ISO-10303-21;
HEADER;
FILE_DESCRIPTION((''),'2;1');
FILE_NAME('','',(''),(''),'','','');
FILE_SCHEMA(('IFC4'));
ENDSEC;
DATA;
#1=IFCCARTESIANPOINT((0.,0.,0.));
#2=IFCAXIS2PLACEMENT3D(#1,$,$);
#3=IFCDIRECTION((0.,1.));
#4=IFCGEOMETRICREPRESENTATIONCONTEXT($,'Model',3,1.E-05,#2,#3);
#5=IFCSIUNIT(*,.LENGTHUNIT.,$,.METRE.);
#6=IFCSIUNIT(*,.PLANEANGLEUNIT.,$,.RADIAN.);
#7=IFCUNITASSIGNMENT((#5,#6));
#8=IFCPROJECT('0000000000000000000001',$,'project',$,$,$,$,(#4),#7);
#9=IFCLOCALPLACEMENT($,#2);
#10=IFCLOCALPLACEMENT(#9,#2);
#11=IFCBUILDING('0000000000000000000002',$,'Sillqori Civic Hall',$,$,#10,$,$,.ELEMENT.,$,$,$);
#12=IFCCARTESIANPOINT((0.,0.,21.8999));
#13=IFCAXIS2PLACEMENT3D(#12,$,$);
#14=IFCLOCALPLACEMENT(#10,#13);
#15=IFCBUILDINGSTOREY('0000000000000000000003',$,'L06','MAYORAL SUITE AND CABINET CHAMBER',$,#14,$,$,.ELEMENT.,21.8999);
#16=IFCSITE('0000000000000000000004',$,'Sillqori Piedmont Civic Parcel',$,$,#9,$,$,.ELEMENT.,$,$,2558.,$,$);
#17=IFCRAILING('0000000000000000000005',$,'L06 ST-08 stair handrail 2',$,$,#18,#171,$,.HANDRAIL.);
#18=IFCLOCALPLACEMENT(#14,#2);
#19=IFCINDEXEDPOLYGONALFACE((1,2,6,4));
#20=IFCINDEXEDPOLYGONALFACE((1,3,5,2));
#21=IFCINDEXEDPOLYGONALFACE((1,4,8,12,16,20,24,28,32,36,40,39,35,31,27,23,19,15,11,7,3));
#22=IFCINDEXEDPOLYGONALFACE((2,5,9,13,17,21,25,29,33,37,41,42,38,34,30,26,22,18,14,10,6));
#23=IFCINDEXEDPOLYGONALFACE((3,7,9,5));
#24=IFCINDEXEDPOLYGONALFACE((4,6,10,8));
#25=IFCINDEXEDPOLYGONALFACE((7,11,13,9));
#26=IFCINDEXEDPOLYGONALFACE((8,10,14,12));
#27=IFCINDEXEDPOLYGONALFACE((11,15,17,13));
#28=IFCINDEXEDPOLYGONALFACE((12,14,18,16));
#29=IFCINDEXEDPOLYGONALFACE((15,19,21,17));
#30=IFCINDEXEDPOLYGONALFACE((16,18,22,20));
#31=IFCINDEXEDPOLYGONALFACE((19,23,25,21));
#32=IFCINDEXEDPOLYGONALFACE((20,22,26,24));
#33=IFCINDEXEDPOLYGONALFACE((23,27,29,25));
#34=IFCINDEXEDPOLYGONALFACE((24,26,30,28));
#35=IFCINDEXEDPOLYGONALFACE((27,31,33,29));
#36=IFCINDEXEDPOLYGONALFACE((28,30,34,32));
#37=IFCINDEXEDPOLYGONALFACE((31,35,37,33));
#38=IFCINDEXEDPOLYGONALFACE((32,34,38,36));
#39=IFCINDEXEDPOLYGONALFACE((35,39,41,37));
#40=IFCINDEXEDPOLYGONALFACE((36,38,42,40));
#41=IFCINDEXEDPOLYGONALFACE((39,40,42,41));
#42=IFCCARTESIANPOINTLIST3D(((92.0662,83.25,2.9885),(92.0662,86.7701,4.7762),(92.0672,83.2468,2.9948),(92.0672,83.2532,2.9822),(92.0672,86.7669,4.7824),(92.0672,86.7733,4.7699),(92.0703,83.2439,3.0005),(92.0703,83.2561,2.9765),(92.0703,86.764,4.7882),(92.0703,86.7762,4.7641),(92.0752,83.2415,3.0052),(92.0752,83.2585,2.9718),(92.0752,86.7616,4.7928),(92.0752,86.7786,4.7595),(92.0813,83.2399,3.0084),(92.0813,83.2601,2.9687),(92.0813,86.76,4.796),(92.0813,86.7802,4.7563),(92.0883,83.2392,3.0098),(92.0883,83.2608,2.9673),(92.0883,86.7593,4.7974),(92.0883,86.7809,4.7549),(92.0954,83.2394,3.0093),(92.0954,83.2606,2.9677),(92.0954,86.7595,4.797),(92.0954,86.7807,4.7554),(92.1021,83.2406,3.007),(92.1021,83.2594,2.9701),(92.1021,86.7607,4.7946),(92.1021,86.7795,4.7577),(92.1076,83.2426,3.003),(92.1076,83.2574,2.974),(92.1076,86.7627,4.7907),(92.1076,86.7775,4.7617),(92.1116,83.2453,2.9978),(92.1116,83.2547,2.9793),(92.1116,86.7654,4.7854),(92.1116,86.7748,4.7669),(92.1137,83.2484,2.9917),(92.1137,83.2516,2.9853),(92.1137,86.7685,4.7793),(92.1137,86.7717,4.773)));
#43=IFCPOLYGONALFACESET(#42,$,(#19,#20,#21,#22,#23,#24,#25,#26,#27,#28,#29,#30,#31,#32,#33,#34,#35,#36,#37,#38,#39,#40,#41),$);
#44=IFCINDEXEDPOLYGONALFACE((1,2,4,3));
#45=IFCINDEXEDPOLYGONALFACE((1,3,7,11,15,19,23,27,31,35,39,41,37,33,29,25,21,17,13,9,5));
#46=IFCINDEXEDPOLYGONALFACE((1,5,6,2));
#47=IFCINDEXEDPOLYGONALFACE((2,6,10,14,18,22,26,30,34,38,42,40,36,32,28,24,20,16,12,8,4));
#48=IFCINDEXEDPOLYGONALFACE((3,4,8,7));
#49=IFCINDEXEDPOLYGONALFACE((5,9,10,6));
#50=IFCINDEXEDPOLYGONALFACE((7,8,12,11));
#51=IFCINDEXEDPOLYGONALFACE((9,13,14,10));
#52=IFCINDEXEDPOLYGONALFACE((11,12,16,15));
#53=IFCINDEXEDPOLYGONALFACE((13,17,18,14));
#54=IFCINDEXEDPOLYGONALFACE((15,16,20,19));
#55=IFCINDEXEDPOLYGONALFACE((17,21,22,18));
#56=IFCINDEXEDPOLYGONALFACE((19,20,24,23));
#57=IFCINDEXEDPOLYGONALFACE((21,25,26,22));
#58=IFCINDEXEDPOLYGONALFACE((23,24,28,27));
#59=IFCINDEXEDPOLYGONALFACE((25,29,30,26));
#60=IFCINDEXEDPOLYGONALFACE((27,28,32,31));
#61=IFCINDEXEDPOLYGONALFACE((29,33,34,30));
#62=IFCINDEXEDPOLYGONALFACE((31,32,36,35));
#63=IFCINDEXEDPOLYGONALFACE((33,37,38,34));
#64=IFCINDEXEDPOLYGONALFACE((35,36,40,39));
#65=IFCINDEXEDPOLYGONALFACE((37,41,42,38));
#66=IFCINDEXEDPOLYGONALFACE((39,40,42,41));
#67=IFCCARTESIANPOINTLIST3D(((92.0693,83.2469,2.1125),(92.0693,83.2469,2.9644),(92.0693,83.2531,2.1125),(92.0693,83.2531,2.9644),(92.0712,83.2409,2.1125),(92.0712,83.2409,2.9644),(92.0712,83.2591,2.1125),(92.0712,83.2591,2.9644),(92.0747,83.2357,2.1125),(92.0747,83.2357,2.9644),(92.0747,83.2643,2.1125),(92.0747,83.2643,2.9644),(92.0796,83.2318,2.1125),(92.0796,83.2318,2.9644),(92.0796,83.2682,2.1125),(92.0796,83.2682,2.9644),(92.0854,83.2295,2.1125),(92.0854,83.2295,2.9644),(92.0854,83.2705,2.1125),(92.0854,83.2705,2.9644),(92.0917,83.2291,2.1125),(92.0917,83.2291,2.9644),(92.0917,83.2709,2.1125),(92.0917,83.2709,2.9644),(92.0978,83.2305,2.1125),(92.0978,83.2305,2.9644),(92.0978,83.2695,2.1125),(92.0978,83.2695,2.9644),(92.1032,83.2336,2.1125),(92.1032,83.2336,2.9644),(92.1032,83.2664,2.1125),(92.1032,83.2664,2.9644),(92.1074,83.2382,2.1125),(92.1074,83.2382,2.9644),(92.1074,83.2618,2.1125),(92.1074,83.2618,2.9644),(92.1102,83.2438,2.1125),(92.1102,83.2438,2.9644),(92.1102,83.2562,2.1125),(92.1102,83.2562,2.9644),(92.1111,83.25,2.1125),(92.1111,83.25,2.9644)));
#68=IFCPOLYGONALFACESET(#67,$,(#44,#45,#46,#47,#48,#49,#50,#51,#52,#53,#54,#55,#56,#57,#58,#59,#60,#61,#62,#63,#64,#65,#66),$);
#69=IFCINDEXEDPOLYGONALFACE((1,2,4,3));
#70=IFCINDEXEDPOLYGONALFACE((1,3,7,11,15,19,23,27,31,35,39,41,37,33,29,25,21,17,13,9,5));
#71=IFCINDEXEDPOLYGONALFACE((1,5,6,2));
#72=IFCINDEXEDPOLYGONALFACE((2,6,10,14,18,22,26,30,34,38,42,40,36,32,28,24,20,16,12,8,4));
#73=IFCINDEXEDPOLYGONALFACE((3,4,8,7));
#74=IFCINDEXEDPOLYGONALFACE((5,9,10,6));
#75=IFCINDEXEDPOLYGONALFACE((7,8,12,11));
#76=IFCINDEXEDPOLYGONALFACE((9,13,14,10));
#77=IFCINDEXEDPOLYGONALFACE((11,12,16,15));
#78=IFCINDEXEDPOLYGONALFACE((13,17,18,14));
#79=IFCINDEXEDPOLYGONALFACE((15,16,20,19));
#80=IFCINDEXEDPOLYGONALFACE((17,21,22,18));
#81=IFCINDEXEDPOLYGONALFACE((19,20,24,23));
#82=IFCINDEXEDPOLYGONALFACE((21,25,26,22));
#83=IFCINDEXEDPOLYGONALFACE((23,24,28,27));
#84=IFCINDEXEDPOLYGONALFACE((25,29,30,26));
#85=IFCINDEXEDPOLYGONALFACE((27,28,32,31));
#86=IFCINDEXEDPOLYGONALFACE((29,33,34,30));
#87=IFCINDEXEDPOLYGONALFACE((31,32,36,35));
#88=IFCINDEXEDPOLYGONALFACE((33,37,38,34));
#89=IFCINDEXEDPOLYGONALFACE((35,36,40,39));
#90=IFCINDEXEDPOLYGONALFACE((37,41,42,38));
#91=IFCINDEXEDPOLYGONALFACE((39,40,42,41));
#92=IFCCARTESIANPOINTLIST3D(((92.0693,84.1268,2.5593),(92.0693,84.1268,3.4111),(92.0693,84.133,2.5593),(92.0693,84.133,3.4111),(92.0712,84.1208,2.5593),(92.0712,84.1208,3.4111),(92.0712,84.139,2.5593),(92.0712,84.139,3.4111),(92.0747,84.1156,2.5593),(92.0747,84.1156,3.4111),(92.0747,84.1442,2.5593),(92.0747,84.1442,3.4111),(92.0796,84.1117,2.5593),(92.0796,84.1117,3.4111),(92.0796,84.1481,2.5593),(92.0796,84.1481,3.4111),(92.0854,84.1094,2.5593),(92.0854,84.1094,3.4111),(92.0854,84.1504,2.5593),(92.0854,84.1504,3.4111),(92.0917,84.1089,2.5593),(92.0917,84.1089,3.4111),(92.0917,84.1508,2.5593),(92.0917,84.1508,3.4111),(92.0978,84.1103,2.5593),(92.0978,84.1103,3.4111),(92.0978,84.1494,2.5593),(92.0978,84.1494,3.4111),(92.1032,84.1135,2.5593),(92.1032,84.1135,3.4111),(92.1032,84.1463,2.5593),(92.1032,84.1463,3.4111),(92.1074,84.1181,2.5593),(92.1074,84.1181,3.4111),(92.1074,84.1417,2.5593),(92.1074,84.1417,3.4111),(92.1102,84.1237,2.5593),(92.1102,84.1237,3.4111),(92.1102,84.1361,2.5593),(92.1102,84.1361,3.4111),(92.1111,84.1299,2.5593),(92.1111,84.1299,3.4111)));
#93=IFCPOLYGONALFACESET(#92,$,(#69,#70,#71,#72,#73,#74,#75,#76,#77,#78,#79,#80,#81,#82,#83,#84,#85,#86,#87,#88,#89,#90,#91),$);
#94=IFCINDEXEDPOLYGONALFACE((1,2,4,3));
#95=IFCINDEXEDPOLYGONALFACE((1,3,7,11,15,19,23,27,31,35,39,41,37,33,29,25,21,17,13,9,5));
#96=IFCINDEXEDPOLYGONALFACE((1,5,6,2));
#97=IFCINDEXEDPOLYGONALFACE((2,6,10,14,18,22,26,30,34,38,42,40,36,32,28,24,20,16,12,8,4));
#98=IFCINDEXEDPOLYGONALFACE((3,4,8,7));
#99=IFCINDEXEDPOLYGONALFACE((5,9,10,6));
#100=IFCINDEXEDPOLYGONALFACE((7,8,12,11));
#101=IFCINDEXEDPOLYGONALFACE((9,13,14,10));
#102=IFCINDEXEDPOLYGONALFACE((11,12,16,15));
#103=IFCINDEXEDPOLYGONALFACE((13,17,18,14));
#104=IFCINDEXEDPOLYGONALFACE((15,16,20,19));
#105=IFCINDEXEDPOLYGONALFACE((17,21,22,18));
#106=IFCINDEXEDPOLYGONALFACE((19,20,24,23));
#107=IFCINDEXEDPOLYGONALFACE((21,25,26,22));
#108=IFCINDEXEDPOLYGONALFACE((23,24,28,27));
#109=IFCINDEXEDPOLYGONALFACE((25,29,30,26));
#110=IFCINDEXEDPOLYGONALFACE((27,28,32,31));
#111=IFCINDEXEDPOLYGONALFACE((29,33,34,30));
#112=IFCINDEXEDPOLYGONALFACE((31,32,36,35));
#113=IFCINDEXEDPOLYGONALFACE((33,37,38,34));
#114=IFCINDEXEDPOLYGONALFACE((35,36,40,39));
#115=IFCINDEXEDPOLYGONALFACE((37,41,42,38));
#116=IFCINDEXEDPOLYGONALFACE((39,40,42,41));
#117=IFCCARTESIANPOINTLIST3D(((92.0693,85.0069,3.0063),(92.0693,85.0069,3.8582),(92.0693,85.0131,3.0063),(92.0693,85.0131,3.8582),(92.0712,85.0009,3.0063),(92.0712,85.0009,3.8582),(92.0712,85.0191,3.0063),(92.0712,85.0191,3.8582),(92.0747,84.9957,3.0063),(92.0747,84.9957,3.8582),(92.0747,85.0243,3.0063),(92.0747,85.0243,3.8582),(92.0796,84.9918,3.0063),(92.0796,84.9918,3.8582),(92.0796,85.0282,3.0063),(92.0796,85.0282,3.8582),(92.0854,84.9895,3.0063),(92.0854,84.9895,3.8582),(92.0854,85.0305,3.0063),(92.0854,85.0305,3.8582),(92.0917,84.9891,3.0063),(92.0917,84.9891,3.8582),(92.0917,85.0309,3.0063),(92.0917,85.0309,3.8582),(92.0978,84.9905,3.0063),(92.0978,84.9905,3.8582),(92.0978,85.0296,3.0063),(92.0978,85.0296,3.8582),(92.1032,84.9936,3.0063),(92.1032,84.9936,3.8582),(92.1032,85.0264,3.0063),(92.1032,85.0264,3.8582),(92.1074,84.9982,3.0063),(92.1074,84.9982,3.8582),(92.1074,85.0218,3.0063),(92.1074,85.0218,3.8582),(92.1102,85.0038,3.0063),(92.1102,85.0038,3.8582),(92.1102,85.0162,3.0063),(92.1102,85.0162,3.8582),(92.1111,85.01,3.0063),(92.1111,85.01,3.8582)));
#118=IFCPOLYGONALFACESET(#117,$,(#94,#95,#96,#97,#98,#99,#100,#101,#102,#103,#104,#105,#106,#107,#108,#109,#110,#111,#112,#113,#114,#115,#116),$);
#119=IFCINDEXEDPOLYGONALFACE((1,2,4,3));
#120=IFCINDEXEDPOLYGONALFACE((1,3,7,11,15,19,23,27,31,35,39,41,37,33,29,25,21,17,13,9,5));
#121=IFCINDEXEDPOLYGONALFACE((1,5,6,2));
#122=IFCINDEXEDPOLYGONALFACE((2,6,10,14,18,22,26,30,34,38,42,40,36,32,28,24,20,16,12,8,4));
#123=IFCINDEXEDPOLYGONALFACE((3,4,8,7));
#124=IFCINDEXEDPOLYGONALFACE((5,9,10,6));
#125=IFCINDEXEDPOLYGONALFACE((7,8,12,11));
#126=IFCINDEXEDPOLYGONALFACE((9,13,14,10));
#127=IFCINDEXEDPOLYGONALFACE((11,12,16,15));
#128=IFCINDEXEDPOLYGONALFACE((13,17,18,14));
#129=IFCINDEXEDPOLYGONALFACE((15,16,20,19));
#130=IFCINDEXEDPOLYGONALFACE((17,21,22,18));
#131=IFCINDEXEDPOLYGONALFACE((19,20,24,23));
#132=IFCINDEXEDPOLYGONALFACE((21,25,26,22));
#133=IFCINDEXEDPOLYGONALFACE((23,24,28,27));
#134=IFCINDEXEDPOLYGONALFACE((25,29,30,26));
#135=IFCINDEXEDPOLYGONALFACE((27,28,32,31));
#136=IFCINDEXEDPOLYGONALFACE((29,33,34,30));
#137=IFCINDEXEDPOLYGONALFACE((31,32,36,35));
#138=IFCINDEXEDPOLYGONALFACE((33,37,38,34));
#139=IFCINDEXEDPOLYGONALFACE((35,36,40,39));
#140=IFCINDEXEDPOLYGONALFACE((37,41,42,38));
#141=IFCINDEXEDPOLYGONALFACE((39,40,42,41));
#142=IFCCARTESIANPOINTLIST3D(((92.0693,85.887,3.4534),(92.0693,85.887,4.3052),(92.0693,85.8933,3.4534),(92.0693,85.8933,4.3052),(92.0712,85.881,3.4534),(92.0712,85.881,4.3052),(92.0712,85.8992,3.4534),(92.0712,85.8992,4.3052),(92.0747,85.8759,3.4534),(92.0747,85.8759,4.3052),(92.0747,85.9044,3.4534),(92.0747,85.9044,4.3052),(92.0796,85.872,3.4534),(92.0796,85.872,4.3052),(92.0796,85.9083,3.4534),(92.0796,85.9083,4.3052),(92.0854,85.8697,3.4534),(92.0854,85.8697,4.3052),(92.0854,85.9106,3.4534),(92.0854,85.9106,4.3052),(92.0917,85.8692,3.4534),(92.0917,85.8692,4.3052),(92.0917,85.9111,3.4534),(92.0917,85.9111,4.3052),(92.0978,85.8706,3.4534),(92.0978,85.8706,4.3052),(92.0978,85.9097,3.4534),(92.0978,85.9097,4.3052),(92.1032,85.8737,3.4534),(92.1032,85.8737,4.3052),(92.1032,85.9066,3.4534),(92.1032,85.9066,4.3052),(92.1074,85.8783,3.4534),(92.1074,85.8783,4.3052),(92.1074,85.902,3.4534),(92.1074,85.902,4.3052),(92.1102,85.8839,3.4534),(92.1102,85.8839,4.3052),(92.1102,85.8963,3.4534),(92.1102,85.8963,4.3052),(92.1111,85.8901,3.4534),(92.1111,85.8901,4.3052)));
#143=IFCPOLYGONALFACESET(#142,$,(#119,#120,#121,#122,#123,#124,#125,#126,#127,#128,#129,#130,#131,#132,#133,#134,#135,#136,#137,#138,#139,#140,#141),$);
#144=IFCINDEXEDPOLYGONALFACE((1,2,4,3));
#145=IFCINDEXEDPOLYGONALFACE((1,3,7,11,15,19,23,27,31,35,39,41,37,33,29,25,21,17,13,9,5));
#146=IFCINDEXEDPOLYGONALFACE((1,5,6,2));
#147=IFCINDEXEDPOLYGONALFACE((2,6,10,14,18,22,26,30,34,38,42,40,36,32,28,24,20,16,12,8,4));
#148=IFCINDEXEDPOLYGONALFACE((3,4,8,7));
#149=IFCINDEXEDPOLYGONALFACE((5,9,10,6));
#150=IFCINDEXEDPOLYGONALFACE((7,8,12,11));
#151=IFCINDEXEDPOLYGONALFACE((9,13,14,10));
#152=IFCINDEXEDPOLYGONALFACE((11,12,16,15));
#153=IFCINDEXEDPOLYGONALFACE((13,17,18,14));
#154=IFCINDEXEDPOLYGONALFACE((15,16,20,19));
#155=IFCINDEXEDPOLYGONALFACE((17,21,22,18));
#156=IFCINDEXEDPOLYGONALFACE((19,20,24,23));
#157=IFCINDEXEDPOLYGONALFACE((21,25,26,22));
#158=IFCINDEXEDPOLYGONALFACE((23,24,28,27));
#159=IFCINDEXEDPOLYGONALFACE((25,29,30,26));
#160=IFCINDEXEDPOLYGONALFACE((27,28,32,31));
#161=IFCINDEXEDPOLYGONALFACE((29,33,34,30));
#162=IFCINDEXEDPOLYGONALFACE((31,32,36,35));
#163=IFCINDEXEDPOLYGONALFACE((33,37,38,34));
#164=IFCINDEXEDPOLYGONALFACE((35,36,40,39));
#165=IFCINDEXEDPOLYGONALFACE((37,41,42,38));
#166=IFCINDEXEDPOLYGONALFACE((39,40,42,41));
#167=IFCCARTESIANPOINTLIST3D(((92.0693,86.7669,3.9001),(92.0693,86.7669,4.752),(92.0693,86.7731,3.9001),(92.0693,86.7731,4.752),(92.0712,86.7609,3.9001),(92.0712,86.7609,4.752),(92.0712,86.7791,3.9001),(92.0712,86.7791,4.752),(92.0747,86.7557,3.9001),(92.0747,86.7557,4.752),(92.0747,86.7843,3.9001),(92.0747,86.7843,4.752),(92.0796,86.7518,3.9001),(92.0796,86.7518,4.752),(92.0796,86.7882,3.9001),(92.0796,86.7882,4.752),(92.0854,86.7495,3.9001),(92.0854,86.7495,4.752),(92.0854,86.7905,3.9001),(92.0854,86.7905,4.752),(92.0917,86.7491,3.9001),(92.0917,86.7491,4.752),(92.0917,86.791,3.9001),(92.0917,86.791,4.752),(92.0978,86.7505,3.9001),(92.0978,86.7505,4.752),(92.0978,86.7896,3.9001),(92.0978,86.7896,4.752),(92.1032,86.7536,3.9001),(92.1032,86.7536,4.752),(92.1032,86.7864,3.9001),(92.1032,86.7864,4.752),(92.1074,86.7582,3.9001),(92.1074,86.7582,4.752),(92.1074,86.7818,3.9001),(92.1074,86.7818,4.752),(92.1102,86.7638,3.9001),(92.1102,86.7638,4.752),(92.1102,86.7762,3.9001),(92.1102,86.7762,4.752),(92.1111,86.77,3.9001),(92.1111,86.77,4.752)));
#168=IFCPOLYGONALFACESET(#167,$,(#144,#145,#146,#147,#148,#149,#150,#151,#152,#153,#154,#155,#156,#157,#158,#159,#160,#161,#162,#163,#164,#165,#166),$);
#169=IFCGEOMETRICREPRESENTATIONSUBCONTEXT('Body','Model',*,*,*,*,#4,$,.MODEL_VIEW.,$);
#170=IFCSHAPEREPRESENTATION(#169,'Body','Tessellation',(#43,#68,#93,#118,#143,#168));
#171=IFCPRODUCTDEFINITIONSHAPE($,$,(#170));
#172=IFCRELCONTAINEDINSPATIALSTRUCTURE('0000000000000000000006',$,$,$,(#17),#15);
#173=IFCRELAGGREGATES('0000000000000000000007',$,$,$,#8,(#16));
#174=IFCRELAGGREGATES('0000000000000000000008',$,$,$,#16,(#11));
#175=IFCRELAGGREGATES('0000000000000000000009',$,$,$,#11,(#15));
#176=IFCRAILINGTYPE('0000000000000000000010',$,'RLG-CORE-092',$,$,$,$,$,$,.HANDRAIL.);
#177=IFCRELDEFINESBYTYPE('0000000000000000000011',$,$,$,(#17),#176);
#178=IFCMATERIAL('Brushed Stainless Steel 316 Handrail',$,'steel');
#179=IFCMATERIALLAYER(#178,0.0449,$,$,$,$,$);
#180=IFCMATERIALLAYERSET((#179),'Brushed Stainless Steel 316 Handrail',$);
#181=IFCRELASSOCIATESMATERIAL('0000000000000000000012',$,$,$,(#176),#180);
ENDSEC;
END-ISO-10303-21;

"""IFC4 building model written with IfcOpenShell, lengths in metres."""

from ifc_helpers import new_model, si_unit, direction, frame, origin, origin_2d, place, context, subcontext, project, spatial, circle, extrude, material, layer, layer_set, type_object, element, save


model = new_model("IFC4")

# Units and contexts
model_context = context("Model", 3, precision=1e-05, world=origin(), true_north=direction((0.0, 1.0)))
body_context = subcontext(model_context, "Body", "Model", "MODEL_VIEW")
ifc_project = project(units=[si_unit("LENGTHUNIT", "METRE"), si_unit("PLANEANGLEUNIT", "RADIAN")], contexts=[model_context])

# Site, building, storey
site_placement = place(None, origin())
site = spatial("IfcSite", under=ifc_project, at=site_placement, Name="Sillqori Piedmont Civic Parcel", CompositionType="ELEMENT", RefElevation=2558.0)
building_placement = place(site_placement, origin())
building = spatial("IfcBuilding", under=site, at=building_placement, Name="Sillqori Civic Hall", CompositionType="ELEMENT")
storey_placement = place(building_placement, frame((0.0, 0.0, 21.8999)))
storey = spatial("IfcBuildingStorey", under=building, at=storey_placement, Name="L06", Description="MAYORAL SUITE AND CABINET CHAMBER", CompositionType="ELEMENT", Elevation=21.8999)

# Railing
ifc_material_1 = material(Name="Brushed Stainless Steel 316 Handrail", Category="steel")
ifc_layer_1 = layer(ifc_material_1, 0.0449)
ifc_layer_set_1 = layer_set([ifc_layer_1], Name="Brushed Stainless Steel 316 Handrail")
railing_type_1 = type_object("IfcRailingType", Name="RLG-CORE-092", PredefinedType="HANDRAIL", material=ifc_layer_set_1)
railing_1_placement = place(storey_placement, frame((92.0901, 83.25, 2.1125)))
element("IfcRailing", 1, at=railing_1_placement, inside=storey, type_object=railing_type_1, Name="L06 ST-08 stair handrail 2", PredefinedType="HANDRAIL", context=body_context, shape_type="SweptSolid", body=[
    extrude(circle(Radius=0.0239, at=origin_2d()), frame((0.0, 0.0, 0.876), z_axis=(0.0, 0.891615, 0.452795), x_axis=(-1.0, 0.0, 0.0)), (0.0, 0.0, 1.0), 3.948),
    extrude(circle(Radius=0.021, at=origin_2d()), origin(), (0.0, 0.0, 1.0), 0.8518),
    extrude(circle(Radius=0.021, at=origin_2d()), frame((0.0, 0.8799, 0.4468)), (0.0, 0.0, 1.0), 0.8518),
    extrude(circle(Radius=0.021, at=origin_2d()), frame((0.0, 1.76, 0.8938)), (0.0, 0.0, 1.0), 0.8518),
    extrude(circle(Radius=0.021, at=origin_2d()), frame((0.0, 2.6401, 1.3408)), (0.0, 0.0, 1.0), 0.8518),
    extrude(circle(Radius=0.021, at=origin_2d()), frame((0.0, 3.52, 1.7876)), (0.0, 0.0, 1.0), 0.8518),
])

save(model, "model.ifc")
